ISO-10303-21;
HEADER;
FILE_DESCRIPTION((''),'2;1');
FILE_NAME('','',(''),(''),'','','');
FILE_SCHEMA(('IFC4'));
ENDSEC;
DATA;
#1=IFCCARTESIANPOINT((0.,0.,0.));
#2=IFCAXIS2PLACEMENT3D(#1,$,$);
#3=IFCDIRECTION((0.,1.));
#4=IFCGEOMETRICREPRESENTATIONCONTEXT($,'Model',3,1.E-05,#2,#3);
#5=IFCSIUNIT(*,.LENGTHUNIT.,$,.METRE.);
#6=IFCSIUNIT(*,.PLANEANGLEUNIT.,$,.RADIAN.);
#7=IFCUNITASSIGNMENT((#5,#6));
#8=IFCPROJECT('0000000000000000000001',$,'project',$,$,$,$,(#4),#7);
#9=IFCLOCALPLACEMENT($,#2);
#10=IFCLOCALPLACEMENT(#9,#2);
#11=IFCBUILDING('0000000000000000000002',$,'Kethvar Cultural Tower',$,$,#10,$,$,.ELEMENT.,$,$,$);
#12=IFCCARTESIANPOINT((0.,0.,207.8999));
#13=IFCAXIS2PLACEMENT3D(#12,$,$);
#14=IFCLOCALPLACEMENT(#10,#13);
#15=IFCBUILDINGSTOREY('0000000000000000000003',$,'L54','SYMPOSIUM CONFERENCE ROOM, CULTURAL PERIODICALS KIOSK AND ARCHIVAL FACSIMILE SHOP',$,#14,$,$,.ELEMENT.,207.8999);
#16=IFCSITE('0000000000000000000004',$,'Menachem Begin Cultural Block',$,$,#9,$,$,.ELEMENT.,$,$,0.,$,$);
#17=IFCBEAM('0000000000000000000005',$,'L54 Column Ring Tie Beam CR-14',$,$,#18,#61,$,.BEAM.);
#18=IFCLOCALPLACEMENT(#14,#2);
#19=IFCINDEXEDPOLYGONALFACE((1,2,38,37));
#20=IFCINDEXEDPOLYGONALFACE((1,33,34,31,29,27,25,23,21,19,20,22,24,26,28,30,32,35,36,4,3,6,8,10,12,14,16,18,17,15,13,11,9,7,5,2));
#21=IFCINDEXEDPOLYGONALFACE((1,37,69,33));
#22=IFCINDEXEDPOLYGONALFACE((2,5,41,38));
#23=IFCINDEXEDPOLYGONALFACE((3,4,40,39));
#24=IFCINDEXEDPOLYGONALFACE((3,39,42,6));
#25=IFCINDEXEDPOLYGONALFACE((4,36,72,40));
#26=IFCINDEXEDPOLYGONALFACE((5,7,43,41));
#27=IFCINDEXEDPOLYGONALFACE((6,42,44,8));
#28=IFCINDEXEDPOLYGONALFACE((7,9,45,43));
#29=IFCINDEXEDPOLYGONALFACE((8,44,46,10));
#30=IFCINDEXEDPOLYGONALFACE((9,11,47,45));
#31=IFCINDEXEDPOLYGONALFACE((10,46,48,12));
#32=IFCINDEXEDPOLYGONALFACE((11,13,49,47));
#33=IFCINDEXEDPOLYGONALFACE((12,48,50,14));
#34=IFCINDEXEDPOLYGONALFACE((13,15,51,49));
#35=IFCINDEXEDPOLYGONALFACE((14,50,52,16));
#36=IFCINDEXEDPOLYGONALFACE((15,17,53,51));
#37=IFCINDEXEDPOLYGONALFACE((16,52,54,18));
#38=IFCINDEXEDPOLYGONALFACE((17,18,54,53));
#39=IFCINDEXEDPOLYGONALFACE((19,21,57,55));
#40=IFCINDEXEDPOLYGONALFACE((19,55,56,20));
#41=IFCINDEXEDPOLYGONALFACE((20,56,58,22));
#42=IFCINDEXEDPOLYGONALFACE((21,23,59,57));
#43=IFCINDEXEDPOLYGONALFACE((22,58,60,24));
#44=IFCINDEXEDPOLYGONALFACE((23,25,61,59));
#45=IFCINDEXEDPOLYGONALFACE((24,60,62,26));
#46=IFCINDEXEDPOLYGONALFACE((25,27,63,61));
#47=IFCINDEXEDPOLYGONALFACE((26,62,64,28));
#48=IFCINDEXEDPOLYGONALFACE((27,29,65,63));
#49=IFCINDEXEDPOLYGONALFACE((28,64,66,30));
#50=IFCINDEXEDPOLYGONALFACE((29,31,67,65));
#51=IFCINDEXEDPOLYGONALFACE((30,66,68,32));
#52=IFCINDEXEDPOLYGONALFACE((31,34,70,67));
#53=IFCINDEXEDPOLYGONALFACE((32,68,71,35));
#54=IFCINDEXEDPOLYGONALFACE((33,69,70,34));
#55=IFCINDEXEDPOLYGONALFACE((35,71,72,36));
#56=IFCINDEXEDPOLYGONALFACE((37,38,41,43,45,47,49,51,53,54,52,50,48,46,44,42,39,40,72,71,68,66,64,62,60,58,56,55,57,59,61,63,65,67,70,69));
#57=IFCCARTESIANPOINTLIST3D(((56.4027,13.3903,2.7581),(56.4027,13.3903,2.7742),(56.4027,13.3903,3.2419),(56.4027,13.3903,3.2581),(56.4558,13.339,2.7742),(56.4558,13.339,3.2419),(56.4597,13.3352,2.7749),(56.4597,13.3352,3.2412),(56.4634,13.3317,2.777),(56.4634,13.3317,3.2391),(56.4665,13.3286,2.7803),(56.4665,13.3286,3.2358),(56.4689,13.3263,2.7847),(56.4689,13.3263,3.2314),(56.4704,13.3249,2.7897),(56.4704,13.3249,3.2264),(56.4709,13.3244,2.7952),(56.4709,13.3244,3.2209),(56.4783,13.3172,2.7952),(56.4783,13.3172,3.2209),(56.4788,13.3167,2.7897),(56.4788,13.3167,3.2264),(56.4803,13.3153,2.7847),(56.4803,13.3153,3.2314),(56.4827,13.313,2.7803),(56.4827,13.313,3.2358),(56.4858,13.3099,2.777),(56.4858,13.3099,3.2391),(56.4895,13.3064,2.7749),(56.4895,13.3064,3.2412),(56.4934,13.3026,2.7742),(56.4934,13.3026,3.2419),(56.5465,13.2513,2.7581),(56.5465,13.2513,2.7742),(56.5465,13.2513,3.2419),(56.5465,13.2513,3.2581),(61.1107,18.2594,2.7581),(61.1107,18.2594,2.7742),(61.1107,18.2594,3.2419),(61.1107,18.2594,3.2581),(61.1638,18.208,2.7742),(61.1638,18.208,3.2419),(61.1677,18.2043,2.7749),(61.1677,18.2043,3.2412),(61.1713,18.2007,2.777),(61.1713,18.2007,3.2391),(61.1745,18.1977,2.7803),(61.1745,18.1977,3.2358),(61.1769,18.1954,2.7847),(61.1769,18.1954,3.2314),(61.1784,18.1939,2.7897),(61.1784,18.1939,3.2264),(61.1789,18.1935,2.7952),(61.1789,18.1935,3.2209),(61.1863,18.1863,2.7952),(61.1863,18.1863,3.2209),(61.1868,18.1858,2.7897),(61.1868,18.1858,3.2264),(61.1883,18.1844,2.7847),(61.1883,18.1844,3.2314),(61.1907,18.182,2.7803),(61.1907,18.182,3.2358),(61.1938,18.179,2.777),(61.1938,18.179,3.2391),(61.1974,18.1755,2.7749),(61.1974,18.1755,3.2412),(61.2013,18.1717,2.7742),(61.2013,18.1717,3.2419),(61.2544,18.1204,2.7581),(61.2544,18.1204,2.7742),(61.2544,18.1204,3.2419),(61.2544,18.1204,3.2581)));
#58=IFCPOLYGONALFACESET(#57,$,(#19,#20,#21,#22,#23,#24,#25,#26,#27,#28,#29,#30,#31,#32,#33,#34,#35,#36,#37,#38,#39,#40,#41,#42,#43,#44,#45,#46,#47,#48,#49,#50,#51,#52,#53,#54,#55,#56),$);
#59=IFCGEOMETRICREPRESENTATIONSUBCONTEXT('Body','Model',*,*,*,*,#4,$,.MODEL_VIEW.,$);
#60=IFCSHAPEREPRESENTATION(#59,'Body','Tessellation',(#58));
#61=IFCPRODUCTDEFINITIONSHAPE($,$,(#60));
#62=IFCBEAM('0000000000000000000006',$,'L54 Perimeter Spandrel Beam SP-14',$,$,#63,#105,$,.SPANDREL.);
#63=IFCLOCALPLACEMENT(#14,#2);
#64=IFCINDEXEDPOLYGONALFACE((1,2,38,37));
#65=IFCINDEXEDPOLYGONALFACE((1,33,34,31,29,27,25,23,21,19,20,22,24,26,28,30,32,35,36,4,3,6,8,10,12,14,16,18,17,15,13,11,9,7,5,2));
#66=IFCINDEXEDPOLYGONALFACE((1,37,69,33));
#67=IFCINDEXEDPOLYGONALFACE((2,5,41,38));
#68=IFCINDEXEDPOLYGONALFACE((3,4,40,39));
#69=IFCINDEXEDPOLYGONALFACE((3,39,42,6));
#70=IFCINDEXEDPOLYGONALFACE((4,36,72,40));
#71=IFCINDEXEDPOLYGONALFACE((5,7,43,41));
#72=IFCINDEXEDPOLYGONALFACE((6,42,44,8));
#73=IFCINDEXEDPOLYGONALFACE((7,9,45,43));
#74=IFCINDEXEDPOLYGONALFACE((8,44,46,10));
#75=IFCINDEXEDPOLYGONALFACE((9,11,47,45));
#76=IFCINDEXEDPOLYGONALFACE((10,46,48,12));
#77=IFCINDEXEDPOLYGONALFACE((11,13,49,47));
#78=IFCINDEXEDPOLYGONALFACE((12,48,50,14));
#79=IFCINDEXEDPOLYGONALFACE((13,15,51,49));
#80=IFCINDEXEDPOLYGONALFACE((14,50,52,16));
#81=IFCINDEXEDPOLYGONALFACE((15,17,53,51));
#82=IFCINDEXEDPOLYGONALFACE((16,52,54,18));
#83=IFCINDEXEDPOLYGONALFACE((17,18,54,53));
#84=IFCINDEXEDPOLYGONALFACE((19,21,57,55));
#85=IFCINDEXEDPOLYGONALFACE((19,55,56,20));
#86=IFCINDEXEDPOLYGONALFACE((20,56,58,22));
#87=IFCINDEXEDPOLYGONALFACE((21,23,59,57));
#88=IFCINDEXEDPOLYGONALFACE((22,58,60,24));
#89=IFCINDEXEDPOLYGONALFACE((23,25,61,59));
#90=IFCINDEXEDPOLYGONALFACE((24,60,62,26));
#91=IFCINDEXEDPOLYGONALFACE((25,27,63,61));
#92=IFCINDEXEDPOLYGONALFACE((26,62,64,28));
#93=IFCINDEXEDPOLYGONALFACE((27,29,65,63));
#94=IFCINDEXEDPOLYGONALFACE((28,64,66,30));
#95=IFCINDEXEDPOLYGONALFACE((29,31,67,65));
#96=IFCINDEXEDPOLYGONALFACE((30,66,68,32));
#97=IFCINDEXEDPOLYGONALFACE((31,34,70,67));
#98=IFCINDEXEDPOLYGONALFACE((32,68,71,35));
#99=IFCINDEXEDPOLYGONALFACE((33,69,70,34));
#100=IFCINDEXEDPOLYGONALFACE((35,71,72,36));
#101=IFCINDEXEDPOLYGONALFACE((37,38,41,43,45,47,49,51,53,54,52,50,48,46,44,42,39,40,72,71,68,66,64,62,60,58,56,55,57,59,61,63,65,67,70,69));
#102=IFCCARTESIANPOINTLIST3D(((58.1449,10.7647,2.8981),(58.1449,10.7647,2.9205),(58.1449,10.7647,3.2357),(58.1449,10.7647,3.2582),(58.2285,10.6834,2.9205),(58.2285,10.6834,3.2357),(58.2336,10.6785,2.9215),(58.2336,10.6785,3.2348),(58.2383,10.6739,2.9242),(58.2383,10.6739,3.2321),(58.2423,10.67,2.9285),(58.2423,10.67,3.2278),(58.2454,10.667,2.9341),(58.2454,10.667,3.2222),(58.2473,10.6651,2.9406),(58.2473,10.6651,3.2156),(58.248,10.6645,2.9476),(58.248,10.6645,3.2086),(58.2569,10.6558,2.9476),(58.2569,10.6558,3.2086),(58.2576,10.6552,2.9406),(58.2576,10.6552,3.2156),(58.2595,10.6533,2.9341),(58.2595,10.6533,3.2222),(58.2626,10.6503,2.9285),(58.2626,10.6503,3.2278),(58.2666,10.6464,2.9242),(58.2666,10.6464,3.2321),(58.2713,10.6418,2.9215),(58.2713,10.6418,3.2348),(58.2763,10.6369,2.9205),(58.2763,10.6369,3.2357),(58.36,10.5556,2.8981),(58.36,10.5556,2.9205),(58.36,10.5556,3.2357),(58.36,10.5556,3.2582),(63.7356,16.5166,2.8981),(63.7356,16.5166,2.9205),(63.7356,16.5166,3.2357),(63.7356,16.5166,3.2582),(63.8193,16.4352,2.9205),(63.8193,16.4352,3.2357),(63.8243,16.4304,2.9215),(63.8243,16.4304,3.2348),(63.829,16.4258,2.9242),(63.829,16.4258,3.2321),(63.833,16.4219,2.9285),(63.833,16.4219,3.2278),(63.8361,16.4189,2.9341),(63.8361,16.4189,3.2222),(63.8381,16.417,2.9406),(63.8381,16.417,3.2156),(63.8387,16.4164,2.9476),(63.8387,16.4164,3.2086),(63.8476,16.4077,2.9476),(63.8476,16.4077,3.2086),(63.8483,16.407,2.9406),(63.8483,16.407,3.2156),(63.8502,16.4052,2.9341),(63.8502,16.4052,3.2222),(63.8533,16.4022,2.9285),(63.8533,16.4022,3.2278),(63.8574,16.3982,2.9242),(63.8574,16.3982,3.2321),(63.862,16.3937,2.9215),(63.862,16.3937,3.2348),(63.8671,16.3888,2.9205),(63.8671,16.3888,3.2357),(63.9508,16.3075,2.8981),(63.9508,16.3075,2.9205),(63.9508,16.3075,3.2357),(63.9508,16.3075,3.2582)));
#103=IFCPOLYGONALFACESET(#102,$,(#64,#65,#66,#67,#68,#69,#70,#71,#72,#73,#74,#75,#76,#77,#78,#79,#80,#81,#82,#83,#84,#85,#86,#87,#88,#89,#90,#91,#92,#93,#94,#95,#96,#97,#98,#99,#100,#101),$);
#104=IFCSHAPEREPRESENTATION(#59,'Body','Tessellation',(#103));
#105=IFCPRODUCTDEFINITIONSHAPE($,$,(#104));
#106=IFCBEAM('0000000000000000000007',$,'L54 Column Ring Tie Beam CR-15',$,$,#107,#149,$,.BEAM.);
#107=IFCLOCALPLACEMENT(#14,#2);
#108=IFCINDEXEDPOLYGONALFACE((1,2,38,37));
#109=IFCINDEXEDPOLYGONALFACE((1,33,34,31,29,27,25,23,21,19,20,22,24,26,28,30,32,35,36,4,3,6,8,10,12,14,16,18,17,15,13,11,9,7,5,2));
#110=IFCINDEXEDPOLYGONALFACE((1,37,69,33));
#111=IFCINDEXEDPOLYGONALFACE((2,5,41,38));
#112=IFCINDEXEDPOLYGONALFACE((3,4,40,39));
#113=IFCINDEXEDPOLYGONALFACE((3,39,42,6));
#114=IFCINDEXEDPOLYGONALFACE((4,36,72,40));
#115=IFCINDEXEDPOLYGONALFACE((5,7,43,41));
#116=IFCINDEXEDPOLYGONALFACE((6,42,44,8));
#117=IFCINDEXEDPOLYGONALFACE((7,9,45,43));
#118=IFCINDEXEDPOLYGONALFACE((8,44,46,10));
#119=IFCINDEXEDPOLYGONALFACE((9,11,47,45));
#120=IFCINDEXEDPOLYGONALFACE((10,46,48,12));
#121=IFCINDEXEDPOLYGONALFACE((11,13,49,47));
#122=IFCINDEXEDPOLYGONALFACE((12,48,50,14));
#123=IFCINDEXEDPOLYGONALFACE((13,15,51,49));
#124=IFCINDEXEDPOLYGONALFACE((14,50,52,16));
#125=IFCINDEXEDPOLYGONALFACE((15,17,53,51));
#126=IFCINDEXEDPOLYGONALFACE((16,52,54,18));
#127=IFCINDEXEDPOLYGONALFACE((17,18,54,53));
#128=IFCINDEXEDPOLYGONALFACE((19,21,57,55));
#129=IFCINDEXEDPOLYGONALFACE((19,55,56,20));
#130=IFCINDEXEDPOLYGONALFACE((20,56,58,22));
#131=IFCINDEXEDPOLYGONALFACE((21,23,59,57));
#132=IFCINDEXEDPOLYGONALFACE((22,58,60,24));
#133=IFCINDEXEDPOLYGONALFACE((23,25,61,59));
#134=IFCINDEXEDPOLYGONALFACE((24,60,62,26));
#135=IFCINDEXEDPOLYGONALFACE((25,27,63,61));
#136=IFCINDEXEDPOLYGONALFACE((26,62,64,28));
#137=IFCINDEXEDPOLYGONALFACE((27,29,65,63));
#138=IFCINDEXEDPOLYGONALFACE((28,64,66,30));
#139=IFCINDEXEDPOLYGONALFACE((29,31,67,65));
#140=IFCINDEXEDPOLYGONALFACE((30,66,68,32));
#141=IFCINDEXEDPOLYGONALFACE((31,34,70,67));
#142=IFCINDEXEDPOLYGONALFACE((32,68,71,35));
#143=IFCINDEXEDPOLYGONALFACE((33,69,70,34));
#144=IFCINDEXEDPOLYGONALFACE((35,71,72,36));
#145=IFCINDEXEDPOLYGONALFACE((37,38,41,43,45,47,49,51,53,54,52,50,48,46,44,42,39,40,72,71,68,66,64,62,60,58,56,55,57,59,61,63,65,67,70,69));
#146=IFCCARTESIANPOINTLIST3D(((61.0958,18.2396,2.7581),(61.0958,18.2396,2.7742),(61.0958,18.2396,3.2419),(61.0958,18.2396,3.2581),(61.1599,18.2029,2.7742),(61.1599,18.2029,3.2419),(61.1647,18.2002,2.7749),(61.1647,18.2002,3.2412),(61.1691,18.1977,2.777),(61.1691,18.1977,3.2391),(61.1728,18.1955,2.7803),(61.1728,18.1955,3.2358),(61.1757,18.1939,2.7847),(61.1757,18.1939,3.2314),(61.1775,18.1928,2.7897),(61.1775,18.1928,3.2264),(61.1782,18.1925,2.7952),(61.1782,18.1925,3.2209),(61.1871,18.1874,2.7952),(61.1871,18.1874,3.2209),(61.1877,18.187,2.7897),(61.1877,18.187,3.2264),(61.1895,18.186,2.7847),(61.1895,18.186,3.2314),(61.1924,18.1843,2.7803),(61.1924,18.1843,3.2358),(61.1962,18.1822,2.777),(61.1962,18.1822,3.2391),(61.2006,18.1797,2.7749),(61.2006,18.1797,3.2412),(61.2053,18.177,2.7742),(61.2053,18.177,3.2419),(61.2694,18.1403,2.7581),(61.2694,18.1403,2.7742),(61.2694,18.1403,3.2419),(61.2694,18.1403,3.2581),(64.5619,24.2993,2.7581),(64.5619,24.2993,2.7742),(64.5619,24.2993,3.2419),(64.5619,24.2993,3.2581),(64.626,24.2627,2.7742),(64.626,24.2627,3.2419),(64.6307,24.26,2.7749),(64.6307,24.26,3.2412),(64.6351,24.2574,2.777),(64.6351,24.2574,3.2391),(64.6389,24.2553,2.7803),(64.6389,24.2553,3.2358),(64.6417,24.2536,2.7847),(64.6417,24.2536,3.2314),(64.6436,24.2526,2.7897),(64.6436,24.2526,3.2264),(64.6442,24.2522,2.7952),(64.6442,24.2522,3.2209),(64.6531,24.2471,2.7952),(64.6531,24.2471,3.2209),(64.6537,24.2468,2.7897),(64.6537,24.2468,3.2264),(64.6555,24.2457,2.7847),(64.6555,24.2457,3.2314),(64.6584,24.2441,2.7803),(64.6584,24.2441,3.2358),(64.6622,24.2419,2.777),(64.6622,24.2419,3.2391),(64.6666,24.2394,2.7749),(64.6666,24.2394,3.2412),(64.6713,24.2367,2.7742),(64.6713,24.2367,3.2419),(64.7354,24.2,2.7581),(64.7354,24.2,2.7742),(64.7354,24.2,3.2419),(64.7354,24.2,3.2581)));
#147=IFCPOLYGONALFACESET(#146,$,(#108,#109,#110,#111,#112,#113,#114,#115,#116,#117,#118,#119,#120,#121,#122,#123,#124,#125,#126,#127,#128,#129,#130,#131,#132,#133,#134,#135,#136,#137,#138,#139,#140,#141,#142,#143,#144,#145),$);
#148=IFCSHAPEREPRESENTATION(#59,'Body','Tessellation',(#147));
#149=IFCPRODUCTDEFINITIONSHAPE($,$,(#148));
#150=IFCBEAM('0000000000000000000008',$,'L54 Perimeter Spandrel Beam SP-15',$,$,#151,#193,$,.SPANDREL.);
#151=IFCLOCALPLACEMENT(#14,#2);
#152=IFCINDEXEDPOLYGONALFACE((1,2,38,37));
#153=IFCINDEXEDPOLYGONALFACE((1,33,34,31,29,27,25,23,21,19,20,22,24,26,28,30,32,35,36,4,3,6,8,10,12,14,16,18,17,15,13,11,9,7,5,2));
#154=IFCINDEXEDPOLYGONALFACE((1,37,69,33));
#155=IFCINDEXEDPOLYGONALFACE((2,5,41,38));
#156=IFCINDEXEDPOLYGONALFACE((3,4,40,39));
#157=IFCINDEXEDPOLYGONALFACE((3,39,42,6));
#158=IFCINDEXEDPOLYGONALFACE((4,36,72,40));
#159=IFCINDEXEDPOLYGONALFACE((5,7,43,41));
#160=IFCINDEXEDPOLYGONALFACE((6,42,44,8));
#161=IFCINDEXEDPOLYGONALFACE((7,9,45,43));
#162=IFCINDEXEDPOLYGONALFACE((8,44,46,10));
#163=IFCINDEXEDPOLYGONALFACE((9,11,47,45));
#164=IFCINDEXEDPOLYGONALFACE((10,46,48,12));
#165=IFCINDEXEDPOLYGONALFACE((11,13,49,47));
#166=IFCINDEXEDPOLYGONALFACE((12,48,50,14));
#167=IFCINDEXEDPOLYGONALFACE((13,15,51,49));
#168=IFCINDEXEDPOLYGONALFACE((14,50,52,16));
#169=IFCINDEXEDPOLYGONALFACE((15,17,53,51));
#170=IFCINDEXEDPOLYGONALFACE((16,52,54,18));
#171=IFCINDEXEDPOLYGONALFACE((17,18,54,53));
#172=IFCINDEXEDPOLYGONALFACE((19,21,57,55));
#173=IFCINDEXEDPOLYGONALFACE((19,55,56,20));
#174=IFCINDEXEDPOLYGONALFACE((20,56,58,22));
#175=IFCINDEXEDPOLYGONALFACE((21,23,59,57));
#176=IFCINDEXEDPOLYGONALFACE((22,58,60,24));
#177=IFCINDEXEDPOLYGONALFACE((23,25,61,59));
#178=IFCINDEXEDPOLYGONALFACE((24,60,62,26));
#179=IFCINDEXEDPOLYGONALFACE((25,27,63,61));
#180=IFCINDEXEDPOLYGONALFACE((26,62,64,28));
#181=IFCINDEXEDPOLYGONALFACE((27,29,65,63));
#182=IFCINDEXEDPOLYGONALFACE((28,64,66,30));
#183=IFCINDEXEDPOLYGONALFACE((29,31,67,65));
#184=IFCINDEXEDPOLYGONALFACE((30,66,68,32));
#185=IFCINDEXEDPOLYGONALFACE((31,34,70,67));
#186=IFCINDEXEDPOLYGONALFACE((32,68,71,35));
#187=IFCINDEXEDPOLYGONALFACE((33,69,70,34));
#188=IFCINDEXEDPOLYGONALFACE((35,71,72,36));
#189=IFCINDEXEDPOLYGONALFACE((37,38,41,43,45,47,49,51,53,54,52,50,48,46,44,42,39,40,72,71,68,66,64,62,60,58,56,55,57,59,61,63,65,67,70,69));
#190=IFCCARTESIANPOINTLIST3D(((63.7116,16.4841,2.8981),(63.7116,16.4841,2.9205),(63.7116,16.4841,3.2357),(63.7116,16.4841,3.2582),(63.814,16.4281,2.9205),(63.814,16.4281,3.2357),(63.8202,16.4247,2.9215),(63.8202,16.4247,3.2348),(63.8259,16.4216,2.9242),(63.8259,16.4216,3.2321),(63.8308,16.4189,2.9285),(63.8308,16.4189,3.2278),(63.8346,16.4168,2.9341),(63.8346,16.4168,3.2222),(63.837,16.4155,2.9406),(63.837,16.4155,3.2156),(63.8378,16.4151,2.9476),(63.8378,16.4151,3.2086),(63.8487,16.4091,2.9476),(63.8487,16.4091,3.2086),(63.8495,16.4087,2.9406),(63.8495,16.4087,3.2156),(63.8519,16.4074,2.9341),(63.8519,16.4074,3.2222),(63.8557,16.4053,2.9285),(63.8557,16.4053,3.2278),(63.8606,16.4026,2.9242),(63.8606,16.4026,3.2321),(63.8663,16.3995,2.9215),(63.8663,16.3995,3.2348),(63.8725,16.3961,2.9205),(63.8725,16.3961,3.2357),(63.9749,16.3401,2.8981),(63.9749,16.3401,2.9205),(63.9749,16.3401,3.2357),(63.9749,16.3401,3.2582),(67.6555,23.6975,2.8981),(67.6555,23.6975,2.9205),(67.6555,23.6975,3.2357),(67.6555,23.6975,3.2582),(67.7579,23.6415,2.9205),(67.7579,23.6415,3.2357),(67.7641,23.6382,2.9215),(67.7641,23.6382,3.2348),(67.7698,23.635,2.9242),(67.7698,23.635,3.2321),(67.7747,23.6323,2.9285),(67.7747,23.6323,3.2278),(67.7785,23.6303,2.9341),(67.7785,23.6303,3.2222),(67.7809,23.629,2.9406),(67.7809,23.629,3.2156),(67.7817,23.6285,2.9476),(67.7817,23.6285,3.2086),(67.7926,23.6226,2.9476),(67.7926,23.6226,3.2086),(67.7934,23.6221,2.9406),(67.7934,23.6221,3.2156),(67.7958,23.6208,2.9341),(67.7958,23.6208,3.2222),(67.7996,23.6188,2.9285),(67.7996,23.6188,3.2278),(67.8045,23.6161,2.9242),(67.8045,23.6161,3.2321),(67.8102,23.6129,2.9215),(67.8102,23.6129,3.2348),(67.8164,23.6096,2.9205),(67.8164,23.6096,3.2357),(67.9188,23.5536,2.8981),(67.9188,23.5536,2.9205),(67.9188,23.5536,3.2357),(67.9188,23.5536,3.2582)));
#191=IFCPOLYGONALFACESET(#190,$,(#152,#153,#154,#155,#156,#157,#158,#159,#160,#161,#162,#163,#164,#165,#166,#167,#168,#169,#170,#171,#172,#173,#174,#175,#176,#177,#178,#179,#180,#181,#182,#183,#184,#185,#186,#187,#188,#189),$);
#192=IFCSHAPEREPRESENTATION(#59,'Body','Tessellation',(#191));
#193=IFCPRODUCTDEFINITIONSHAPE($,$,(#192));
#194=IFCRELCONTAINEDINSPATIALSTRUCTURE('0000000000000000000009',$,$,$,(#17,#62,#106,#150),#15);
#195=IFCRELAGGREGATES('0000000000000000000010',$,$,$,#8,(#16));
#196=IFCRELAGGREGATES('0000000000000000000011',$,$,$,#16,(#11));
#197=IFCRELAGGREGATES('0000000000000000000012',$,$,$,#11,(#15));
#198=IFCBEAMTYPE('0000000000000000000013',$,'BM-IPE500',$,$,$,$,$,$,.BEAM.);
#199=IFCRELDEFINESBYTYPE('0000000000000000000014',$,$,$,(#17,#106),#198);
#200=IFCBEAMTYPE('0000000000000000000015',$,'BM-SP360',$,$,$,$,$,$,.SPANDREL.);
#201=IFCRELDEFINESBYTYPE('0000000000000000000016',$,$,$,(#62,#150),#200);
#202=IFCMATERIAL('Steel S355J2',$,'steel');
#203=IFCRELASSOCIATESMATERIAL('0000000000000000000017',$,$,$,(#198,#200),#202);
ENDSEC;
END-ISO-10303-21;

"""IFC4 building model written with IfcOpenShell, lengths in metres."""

from ifc_helpers import new_model, si_unit, direction, frame, origin, origin_2d, place, context, subcontext, project, spatial, i_section, extrude, source, transform, mapped, material, material_profile, profile_set, type_object, element, save


model = new_model("IFC4")

# Units and contexts
model_context = context("Model", 3, precision=1e-05, world=origin(), true_north=direction((0.0, 1.0)))
body_context = subcontext(model_context, "Body", "Model", "MODEL_VIEW")
ifc_project = project(units=[si_unit("LENGTHUNIT", "METRE"), si_unit("PLANEANGLEUNIT", "RADIAN")], contexts=[model_context])

# Site, building, storey
site_placement = place(None, origin())
site = spatial("IfcSite", under=ifc_project, at=site_placement, Name="Menachem Begin Cultural Block", CompositionType="ELEMENT", RefElevation=0.0)
building_placement = place(site_placement, origin())
building = spatial("IfcBuilding", under=site, at=building_placement, Name="Kethvar Cultural Tower", CompositionType="ELEMENT")
storey_placement = place(building_placement, frame((0.0, 0.0, 207.8999)))
storey = spatial("IfcBuildingStorey", under=building, at=storey_placement, Name="L54", Description="SYMPOSIUM CONFERENCE ROOM, CULTURAL PERIODICALS KIOSK AND ARCHIVAL FACSIMILE SHOP", CompositionType="ELEMENT", Elevation=207.8999)

# Beams
ifc_material_1 = material(Name="Steel S355J2", Category="steel")
ifc_material_profile_1 = material_profile(ifc_material_1, i_section(OverallWidth=0.2, OverallDepth=0.5, WebThickness=0.0103, FlangeThickness=0.0161, FilletRadius=0.021, at=origin_2d()), Name="Steel S355J2 — IPE500")
ifc_profile_set_1 = profile_set([ifc_material_profile_1], Name="Steel S355J2 — IPE500")
beam_type_1 = type_object("IfcBeamType", Name="BM-IPE500", PredefinedType="BEAM", material=ifc_profile_set_1)
shared_shape_1 = source(origin(), body_context, "Body", "SweptSolid", [
    extrude(i_section(OverallWidth=0.2, OverallDepth=0.5, WebThickness=0.0103, FlangeThickness=0.0161, FilletRadius=0.021, at=origin_2d()), origin(), (0.0, 0.0, 1.0), 6.7729),
])
beam_1_placement = place(storey_placement, frame((56.4746, 13.3208, 3.0081), z_axis=(0.695112, 0.718902, 0.0), x_axis=(-0.718902, 0.695112, 0.0)))
element("IfcBeam", 1, at=beam_1_placement, inside=storey, type_object=beam_type_1, Name="L54 Column Ring Tie Beam CR-14", PredefinedType="BEAM", context=body_context, shape_type="MappedRepresentation", body=[
    mapped(shared_shape_1, transform((0.0, 0.0, 0.0), scale=1.0)),
])
ifc_material_profile_2 = material_profile(ifc_material_1, i_section(OverallWidth=0.3, OverallDepth=0.3601, WebThickness=0.0125, FlangeThickness=0.0225, FilletRadius=0.0271, at=origin_2d()), Name="Steel S355J2 — HEB360")
ifc_profile_set_2 = profile_set([ifc_material_profile_2], Name="Steel S355J2 — HEB360")
beam_type_2 = type_object("IfcBeamType", Name="BM-SP360", PredefinedType="SPANDREL", material=ifc_profile_set_2)
shared_shape_2 = source(origin(), body_context, "Body", "SweptSolid", [
    extrude(i_section(OverallWidth=0.3, OverallDepth=0.3601, WebThickness=0.0125, FlangeThickness=0.0225, FilletRadius=0.0271, at=origin_2d()), origin(), (0.0, 0.0, 1.0), 8.0212),
])
beam_2_placement = place(storey_placement, frame((58.2524, 10.6602, 3.0781), z_axis=(0.696991, 0.717079, 0.0), x_axis=(-0.717079, 0.696991, 0.0)))
element("IfcBeam", 2, at=beam_2_placement, inside=storey, type_object=beam_type_2, Name="L54 Perimeter Spandrel Beam SP-14", PredefinedType="SPANDREL", context=body_context, shape_type="MappedRepresentation", body=[
    mapped(shared_shape_2, transform((0.0, 0.0, 0.0), scale=1.0)),
])
shared_shape_3 = source(origin(), body_context, "Body", "SweptSolid", [
    extrude(i_section(OverallWidth=0.2, OverallDepth=0.5, WebThickness=0.0103, FlangeThickness=0.0161, FilletRadius=0.021, at=origin_2d()), origin(), (0.0, 0.0, 1.0), 6.981),
])
beam_3_placement = place(storey_placement, frame((61.1826, 18.1899, 3.0081), z_axis=(0.496497, 0.868039, 0.0), x_axis=(-0.868039, 0.496497, 0.0)))
element("IfcBeam", 3, at=beam_3_placement, inside=storey, type_object=beam_type_1, Name="L54 Column Ring Tie Beam CR-15", PredefinedType="BEAM", context=body_context, shape_type="MappedRepresentation", body=[
    mapped(shared_shape_3, transform((0.0, 0.0, 0.0), scale=1.0)),
])
shared_shape_4 = source(origin(), body_context, "Body", "SweptSolid", [
    extrude(i_section(OverallWidth=0.3, OverallDepth=0.3601, WebThickness=0.0125, FlangeThickness=0.0225, FilletRadius=0.0271, at=origin_2d()), origin(), (0.0, 0.0, 1.0), 8.2212),
])
beam_4_placement = place(storey_placement, frame((63.8433, 16.4121, 3.0781), z_axis=(0.479722, 0.877421, 0.0), x_axis=(-0.877421, 0.479722, 0.0)))
element("IfcBeam", 4, at=beam_4_placement, inside=storey, type_object=beam_type_2, Name="L54 Perimeter Spandrel Beam SP-15", PredefinedType="SPANDREL", context=body_context, shape_type="MappedRepresentation", body=[
    mapped(shared_shape_4, transform((0.0, 0.0, 0.0), scale=1.0)),
])

save(model, "model.ifc")
